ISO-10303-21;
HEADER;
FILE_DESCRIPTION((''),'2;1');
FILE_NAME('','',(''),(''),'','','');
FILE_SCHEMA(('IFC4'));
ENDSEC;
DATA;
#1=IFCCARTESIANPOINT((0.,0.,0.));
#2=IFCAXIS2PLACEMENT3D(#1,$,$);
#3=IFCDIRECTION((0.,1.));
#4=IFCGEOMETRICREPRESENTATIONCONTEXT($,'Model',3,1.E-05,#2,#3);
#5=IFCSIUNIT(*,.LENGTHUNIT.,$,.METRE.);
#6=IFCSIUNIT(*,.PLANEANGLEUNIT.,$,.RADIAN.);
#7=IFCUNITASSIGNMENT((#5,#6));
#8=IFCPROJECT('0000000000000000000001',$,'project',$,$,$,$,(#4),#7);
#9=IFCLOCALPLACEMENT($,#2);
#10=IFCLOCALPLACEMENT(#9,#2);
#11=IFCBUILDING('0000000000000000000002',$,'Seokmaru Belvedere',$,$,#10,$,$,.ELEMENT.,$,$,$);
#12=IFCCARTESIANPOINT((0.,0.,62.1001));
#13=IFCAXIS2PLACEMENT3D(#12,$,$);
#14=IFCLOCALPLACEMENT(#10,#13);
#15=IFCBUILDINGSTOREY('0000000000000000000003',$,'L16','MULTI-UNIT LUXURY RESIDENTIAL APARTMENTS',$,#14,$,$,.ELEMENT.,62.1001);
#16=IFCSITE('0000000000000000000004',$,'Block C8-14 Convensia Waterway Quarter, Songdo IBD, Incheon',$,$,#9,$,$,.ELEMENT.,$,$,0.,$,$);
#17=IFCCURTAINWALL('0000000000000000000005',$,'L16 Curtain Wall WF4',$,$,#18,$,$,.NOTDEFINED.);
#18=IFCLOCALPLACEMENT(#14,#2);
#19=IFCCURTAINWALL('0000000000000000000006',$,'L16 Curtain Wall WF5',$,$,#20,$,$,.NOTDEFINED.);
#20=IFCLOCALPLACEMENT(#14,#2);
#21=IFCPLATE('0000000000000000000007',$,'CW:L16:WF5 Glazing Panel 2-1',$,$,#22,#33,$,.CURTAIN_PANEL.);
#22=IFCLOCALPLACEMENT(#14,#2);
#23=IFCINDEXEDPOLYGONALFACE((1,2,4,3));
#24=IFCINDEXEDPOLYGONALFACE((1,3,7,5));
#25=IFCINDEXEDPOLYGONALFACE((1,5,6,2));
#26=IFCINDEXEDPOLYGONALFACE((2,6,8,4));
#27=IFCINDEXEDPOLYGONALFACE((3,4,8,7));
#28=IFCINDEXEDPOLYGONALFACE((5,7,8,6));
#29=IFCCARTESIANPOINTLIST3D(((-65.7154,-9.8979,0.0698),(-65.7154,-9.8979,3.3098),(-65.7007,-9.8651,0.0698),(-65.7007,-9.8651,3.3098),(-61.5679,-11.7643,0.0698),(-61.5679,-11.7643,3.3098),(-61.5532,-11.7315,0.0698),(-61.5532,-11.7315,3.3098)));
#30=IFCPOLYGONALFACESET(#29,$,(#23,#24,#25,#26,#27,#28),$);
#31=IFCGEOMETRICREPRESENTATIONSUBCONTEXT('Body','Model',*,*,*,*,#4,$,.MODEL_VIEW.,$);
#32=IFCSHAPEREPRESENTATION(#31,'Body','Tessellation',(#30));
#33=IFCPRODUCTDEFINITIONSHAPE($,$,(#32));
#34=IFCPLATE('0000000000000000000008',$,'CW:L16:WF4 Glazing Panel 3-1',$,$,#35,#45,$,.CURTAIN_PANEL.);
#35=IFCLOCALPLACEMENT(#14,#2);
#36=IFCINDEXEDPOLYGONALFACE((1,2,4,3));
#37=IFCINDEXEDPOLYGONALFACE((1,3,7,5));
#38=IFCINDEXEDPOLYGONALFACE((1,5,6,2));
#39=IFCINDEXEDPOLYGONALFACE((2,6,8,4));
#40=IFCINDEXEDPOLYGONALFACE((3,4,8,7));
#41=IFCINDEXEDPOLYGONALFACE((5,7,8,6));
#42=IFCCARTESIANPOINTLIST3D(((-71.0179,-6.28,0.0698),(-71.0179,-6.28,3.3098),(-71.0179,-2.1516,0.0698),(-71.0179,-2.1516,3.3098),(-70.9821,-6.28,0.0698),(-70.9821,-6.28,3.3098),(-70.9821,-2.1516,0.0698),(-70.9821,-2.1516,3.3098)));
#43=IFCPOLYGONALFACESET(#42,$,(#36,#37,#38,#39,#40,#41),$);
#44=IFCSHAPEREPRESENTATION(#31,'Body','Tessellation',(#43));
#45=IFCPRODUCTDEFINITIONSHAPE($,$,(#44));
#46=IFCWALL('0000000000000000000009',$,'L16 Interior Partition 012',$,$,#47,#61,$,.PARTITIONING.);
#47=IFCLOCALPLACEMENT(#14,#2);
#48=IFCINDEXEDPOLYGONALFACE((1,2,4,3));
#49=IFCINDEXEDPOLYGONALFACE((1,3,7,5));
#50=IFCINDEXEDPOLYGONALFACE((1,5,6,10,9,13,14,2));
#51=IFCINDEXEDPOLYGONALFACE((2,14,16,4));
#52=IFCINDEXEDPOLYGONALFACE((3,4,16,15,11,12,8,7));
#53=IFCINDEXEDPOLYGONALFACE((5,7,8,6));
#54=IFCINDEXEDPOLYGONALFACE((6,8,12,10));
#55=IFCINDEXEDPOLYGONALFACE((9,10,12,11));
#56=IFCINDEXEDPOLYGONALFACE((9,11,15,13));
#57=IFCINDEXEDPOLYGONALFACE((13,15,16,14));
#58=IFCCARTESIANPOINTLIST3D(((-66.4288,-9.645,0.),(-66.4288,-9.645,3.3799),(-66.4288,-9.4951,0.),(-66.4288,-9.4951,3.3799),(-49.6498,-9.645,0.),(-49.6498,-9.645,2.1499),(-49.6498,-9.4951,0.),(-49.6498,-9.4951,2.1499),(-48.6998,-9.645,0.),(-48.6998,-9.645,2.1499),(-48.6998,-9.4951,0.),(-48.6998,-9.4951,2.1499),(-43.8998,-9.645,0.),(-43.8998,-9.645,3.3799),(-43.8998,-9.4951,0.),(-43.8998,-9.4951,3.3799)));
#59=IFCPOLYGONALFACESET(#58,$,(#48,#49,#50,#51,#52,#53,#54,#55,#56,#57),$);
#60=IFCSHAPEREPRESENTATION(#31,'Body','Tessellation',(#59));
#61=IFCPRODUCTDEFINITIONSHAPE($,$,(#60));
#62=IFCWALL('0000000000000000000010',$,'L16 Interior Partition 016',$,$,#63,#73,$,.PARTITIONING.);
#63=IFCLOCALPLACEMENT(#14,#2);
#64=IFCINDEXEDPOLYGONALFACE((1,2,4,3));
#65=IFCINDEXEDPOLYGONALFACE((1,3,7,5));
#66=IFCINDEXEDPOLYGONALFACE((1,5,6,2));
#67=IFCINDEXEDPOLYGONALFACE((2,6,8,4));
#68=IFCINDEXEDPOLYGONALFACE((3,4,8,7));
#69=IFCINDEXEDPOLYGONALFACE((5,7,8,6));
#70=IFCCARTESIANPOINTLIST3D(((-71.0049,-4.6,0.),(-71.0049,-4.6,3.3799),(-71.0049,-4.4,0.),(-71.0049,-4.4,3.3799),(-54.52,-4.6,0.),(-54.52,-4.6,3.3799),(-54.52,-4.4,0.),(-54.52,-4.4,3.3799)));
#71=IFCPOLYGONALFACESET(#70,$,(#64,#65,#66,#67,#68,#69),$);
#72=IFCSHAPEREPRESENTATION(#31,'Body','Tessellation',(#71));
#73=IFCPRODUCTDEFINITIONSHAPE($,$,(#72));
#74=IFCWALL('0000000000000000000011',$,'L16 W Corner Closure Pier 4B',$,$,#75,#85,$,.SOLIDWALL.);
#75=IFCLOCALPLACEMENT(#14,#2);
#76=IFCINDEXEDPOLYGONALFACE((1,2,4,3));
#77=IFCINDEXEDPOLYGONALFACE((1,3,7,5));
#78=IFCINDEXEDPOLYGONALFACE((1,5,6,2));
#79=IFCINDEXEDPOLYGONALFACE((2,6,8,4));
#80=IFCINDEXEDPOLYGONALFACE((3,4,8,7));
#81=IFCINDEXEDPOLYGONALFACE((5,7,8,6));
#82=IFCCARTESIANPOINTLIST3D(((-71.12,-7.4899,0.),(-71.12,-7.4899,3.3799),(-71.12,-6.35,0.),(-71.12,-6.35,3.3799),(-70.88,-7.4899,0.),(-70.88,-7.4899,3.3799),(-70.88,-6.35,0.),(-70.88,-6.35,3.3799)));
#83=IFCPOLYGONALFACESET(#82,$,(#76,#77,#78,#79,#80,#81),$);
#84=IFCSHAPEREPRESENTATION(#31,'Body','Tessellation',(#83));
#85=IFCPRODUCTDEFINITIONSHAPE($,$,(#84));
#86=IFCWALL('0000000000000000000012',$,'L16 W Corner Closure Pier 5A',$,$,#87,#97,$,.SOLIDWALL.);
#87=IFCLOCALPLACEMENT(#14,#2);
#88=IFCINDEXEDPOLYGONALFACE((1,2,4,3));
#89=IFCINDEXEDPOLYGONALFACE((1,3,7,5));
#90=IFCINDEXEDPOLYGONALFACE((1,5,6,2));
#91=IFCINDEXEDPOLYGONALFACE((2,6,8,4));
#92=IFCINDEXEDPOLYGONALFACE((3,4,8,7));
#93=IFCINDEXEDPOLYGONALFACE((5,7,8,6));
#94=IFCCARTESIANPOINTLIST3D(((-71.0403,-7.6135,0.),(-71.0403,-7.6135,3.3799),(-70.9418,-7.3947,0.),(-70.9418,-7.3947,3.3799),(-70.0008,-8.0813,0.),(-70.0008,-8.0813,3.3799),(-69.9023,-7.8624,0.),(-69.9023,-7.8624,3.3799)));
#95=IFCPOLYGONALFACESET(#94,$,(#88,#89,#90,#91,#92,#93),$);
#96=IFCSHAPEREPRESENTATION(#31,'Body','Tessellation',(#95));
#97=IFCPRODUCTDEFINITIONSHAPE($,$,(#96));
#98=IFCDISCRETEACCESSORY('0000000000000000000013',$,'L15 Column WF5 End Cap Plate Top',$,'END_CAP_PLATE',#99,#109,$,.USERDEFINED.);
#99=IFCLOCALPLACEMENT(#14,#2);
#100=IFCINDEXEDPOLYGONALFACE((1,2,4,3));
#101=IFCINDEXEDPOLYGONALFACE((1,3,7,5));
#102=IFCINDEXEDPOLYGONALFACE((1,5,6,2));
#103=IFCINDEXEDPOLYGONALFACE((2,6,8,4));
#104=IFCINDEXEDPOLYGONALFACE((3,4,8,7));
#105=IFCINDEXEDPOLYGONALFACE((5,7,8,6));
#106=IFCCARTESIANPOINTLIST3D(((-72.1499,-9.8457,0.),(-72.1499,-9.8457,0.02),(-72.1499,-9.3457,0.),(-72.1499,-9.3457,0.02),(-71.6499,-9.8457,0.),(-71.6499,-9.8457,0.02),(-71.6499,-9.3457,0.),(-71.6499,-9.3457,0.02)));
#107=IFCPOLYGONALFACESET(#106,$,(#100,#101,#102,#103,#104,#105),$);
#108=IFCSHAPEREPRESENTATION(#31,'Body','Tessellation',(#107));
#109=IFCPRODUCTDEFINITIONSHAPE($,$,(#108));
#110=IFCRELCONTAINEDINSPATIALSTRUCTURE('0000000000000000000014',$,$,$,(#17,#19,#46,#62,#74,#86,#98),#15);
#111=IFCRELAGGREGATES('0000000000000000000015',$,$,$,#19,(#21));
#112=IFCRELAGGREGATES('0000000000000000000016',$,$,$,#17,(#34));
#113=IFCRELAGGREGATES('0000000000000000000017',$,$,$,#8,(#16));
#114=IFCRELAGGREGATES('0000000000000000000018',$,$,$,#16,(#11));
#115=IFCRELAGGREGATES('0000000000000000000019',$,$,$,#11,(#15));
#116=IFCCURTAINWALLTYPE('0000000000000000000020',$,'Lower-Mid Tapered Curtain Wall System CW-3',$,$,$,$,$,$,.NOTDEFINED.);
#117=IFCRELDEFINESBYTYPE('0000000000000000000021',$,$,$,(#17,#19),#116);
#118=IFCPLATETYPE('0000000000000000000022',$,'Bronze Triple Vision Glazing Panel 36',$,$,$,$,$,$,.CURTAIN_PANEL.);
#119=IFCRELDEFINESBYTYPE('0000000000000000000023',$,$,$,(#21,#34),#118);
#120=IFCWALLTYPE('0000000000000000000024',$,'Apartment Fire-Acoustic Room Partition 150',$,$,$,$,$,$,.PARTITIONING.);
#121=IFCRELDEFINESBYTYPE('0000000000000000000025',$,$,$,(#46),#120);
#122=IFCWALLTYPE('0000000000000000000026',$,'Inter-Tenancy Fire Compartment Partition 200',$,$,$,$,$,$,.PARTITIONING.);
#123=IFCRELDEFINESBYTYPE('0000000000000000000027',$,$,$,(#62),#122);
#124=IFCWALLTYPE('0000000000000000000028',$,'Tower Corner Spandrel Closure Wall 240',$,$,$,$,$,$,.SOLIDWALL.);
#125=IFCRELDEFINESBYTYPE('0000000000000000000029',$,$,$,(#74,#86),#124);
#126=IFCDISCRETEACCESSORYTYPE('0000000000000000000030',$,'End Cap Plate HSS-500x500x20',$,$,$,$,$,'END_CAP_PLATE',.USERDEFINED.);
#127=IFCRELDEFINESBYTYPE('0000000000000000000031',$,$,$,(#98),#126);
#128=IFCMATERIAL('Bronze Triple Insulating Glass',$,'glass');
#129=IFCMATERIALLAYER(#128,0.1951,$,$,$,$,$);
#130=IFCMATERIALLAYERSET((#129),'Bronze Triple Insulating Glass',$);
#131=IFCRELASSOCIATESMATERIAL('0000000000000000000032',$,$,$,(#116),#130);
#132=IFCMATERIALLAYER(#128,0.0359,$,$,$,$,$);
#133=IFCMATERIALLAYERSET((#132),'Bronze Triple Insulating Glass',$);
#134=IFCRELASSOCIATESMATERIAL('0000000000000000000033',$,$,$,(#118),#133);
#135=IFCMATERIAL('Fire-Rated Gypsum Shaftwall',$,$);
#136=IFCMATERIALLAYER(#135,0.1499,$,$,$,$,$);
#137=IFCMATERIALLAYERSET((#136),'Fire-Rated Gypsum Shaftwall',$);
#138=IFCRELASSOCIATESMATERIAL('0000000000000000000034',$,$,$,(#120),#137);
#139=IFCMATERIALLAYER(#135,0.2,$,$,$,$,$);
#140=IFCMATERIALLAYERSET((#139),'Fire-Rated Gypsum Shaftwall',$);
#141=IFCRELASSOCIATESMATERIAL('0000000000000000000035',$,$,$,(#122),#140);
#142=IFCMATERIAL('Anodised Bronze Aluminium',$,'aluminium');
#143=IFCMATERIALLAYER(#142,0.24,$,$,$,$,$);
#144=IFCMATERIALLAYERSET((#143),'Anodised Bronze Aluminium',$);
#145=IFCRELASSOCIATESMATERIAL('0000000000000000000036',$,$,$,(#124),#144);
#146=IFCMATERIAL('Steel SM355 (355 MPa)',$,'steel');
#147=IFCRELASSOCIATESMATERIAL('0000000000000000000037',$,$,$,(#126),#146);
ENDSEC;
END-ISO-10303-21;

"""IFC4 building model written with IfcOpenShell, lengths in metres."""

from ifc_helpers import new_model, si_unit, direction, frame, frame_2d, origin, origin_2d, place, context, subcontext, project, spatial, rectangle, extrude, source, transform, mapped, material, layer, layer_set, type_object, type_shapes, element, aggregate, save


model = new_model("IFC4")

# Units and contexts
model_context = context("Model", 3, precision=1e-05, world=origin(), true_north=direction((0.0, 1.0)))
body_context = subcontext(model_context, "Body", "Model", "MODEL_VIEW")
ifc_project = project(units=[si_unit("LENGTHUNIT", "METRE"), si_unit("PLANEANGLEUNIT", "RADIAN")], contexts=[model_context])

# Site, building, storey
site_placement = place(None, origin())
site = spatial("IfcSite", under=ifc_project, at=site_placement, Name="Block C8-14 Convensia Waterway Quarter, Songdo IBD, Incheon", CompositionType="ELEMENT", RefElevation=0.0)
building_placement = place(site_placement, origin())
building = spatial("IfcBuilding", under=site, at=building_placement, Name="Seokmaru Belvedere", CompositionType="ELEMENT")
storey_placement = place(building_placement, frame((0.0, 0.0, 62.1001)))
storey = spatial("IfcBuildingStorey", under=building, at=storey_placement, Name="L16", Description="MULTI-UNIT LUXURY RESIDENTIAL APARTMENTS", CompositionType="ELEMENT", Elevation=62.1001)

# Shared definitions
ifc_material_1 = material(Name="Steel SM355 (355 MPa)", Category="steel")

# Curtain wall
ifc_material_2 = material(Name="Bronze Triple Insulating Glass", Category="glass")
ifc_layer_1 = layer(ifc_material_2, 0.1951)
ifc_layer_set_1 = layer_set([ifc_layer_1], Name="Bronze Triple Insulating Glass")
curtain_wall_type = type_object("IfcCurtainWallType", Name="Lower-Mid Tapered Curtain Wall System CW-3", PredefinedType="NOTDEFINED", material=ifc_layer_set_1)
curtain_wall_1_placement = place(storey_placement, origin())
curtain_wall_1 = element("IfcCurtainWall", 1, at=curtain_wall_1_placement, inside=storey, type_object=curtain_wall_type, Name="L16 Curtain Wall WF4", PredefinedType="NOTDEFINED")
ifc_material_3 = material(Name="Anodised Bronze Aluminium", Category="aluminium")

# Curtain wall, plate
curtain_wall_2_placement = place(storey_placement, origin())
curtain_wall_2 = element("IfcCurtainWall", 2, at=curtain_wall_2_placement, inside=storey, type_object=curtain_wall_type, Name="L16 Curtain Wall WF5", PredefinedType="NOTDEFINED")
ifc_layer_2 = layer(ifc_material_2, 0.0359)
ifc_layer_set_2 = layer_set([ifc_layer_2], Name="Bronze Triple Insulating Glass")
plate_type = type_object("IfcPlateType", Name="Bronze Triple Vision Glazing Panel 36", PredefinedType="CURTAIN_PANEL", material=ifc_layer_set_2)
shared_shape_1 = source(origin(), body_context, "Body", "SweptSolid", [
    extrude(rectangle(XDim=4.5481, YDim=0.0359, at=origin_2d()), origin(), (0.0, 0.0, 1.0), 3.24),
])
plate_1_placement = place(storey_placement, frame((-63.6343, -10.8147, 0.0698), z_axis=(0.0, 0.0, 1.0), x_axis=(0.911921, -0.410366, 0.0)))
plate_1 = element("IfcPlate", 3, at=plate_1_placement, type_object=plate_type, Name="CW:L16:WF5 Glazing Panel 2-1", PredefinedType="CURTAIN_PANEL", context=body_context, shape_type="MappedRepresentation", body=[
    mapped(shared_shape_1, transform((0.0, 0.0, 0.0), scale=1.0)),
])
aggregate(curtain_wall_2, [plate_1])

# Plate
shared_shape_2 = source(origin(), body_context, "Body", "SweptSolid", [
    extrude(rectangle(XDim=4.1284, YDim=0.0359, at=origin_2d()), origin(), (0.0, 0.0, 1.0), 3.24),
])
plate_2_placement = place(storey_placement, frame((-71.0, -4.2158, 0.0698), z_axis=(0.0, 0.0, 1.0), x_axis=(0.0, -1.0, 0.0)))
plate_2 = element("IfcPlate", 4, at=plate_2_placement, type_object=plate_type, Name="CW:L16:WF4 Glazing Panel 3-1", PredefinedType="CURTAIN_PANEL", context=body_context, shape_type="MappedRepresentation", body=[
    mapped(shared_shape_2, transform((0.0, 0.0, 0.0), scale=1.0)),
])
aggregate(curtain_wall_1, [plate_2])

# Wall, opening
ifc_material_4 = material(Name="Fire-Rated Gypsum Shaftwall")
ifc_layer_3 = layer(ifc_material_4, 0.1499)
ifc_layer_set_3 = layer_set([ifc_layer_3], Name="Fire-Rated Gypsum Shaftwall")
wall_type_1 = type_object("IfcWallType", Name="Apartment Fire-Acoustic Room Partition 150", PredefinedType="PARTITIONING", material=ifc_layer_set_3)
wall_1_placement = place(storey_placement, frame((-66.429, -9.5701, 0.0), z_axis=(0.0, 0.0, 1.0), x_axis=(1.0, 0.0, 0.0)))
wall_1 = element("IfcWall", 5, at=wall_1_placement, inside=storey, type_object=wall_type_1, Name="L16 Interior Partition 012", PredefinedType="PARTITIONING", context=body_context, shape_type="SweptSolid", body=[
    extrude(rectangle(XDim=22.5291, YDim=0.1499, at=frame_2d((11.2646, 0.0))), origin(), (0.0, 0.0, 1.0), 3.3799),
])
opening_placement = place(wall_1_placement, frame((16.7791, 0.0, 0.0)))
element("IfcOpeningElement", 6, at=opening_placement, cuts=wall_1, PredefinedType="OPENING", context=body_context, shape_type="SweptSolid", body=[
    extrude(rectangle(XDim=0.95, YDim=2.1499, at=frame_2d((0.4751, 1.075))), frame((0.0, 0.085, 0.0), z_axis=(0.0, -1.0, 0.0), x_axis=(1.0, 0.0, 0.0)), (0.0, 0.0, 1.0), 0.1699),
])

# Walls
ifc_layer_4 = layer(ifc_material_4, 0.2)
ifc_layer_set_4 = layer_set([ifc_layer_4], Name="Fire-Rated Gypsum Shaftwall")
wall_type_2 = type_object("IfcWallType", Name="Inter-Tenancy Fire Compartment Partition 200", PredefinedType="PARTITIONING", material=ifc_layer_set_4)
wall_2_placement = place(storey_placement, frame((-71.0049, -4.5, 0.0), z_axis=(0.0, 0.0, 1.0), x_axis=(1.0, 0.0, 0.0)))
element("IfcWall", 7, at=wall_2_placement, inside=storey, type_object=wall_type_2, Name="L16 Interior Partition 016", PredefinedType="PARTITIONING", context=body_context, shape_type="SweptSolid", body=[
    extrude(rectangle(XDim=16.4849, YDim=0.2, at=frame_2d((8.2424, 0.0))), origin(), (0.0, 0.0, 1.0), 3.3799),
])
ifc_layer_5 = layer(ifc_material_3, 0.24)
ifc_layer_set_5 = layer_set([ifc_layer_5], Name="Anodised Bronze Aluminium")
wall_type_3 = type_object("IfcWallType", Name="Tower Corner Spandrel Closure Wall 240", PredefinedType="SOLIDWALL", material=ifc_layer_set_5)
for number, where, z_axis, x_axis, name in (
    (8, (-71.0, -6.3501, 0.0), (0.0, 0.0, 1.0), (0.0, -1.0, 0.0), "L16 W Corner Closure Pier 4B"),
    (9, (-70.991, -7.5042, 0.0), (0.0, 0.0, 1.0), (0.91193, -0.410347, 0.0), "L16 W Corner Closure Pier 5A"),
):
    element("IfcWall", number, at=place(storey_placement, frame(where, z_axis=z_axis, x_axis=x_axis)), inside=storey, type_object=wall_type_3, Name=name, PredefinedType="SOLIDWALL", context=body_context, shape_type="SweptSolid", body=[
        extrude(rectangle(XDim=1.1399, YDim=0.24, at=frame_2d((0.5698, 0.0))), origin(), (0.0, 0.0, 1.0), 3.3799),
    ])

# Discrete accessory
discrete_accessory_type = type_object("IfcDiscreteAccessoryType", Name="End Cap Plate HSS-500x500x20", ElementType="END_CAP_PLATE", PredefinedType="USERDEFINED", material=ifc_material_1)
shared_shape_3 = source(origin(), body_context, "Body", "SweptSolid", [
    extrude(rectangle(XDim=0.5, YDim=0.5, at=origin_2d()), origin(), (0.0, 0.0, 1.0), 0.02),
])
type_shapes(discrete_accessory_type, [shared_shape_3])
discrete_accessory_placement = place(storey_placement, frame((-71.8999, -9.5957, 0.0), z_axis=(0.0, 0.0, 1.0), x_axis=(1.0, 0.0, 0.0)))
element("IfcDiscreteAccessory", 10, at=discrete_accessory_placement, inside=storey, type_object=discrete_accessory_type, Name="L15 Column WF5 End Cap Plate Top", ObjectType="END_CAP_PLATE", PredefinedType="USERDEFINED", context=body_context, shape_type="MappedRepresentation", body=[
    mapped(shared_shape_3, transform((0.0, 0.0, 0.0), scale=1.0)),
])

save(model, "model.ifc")
